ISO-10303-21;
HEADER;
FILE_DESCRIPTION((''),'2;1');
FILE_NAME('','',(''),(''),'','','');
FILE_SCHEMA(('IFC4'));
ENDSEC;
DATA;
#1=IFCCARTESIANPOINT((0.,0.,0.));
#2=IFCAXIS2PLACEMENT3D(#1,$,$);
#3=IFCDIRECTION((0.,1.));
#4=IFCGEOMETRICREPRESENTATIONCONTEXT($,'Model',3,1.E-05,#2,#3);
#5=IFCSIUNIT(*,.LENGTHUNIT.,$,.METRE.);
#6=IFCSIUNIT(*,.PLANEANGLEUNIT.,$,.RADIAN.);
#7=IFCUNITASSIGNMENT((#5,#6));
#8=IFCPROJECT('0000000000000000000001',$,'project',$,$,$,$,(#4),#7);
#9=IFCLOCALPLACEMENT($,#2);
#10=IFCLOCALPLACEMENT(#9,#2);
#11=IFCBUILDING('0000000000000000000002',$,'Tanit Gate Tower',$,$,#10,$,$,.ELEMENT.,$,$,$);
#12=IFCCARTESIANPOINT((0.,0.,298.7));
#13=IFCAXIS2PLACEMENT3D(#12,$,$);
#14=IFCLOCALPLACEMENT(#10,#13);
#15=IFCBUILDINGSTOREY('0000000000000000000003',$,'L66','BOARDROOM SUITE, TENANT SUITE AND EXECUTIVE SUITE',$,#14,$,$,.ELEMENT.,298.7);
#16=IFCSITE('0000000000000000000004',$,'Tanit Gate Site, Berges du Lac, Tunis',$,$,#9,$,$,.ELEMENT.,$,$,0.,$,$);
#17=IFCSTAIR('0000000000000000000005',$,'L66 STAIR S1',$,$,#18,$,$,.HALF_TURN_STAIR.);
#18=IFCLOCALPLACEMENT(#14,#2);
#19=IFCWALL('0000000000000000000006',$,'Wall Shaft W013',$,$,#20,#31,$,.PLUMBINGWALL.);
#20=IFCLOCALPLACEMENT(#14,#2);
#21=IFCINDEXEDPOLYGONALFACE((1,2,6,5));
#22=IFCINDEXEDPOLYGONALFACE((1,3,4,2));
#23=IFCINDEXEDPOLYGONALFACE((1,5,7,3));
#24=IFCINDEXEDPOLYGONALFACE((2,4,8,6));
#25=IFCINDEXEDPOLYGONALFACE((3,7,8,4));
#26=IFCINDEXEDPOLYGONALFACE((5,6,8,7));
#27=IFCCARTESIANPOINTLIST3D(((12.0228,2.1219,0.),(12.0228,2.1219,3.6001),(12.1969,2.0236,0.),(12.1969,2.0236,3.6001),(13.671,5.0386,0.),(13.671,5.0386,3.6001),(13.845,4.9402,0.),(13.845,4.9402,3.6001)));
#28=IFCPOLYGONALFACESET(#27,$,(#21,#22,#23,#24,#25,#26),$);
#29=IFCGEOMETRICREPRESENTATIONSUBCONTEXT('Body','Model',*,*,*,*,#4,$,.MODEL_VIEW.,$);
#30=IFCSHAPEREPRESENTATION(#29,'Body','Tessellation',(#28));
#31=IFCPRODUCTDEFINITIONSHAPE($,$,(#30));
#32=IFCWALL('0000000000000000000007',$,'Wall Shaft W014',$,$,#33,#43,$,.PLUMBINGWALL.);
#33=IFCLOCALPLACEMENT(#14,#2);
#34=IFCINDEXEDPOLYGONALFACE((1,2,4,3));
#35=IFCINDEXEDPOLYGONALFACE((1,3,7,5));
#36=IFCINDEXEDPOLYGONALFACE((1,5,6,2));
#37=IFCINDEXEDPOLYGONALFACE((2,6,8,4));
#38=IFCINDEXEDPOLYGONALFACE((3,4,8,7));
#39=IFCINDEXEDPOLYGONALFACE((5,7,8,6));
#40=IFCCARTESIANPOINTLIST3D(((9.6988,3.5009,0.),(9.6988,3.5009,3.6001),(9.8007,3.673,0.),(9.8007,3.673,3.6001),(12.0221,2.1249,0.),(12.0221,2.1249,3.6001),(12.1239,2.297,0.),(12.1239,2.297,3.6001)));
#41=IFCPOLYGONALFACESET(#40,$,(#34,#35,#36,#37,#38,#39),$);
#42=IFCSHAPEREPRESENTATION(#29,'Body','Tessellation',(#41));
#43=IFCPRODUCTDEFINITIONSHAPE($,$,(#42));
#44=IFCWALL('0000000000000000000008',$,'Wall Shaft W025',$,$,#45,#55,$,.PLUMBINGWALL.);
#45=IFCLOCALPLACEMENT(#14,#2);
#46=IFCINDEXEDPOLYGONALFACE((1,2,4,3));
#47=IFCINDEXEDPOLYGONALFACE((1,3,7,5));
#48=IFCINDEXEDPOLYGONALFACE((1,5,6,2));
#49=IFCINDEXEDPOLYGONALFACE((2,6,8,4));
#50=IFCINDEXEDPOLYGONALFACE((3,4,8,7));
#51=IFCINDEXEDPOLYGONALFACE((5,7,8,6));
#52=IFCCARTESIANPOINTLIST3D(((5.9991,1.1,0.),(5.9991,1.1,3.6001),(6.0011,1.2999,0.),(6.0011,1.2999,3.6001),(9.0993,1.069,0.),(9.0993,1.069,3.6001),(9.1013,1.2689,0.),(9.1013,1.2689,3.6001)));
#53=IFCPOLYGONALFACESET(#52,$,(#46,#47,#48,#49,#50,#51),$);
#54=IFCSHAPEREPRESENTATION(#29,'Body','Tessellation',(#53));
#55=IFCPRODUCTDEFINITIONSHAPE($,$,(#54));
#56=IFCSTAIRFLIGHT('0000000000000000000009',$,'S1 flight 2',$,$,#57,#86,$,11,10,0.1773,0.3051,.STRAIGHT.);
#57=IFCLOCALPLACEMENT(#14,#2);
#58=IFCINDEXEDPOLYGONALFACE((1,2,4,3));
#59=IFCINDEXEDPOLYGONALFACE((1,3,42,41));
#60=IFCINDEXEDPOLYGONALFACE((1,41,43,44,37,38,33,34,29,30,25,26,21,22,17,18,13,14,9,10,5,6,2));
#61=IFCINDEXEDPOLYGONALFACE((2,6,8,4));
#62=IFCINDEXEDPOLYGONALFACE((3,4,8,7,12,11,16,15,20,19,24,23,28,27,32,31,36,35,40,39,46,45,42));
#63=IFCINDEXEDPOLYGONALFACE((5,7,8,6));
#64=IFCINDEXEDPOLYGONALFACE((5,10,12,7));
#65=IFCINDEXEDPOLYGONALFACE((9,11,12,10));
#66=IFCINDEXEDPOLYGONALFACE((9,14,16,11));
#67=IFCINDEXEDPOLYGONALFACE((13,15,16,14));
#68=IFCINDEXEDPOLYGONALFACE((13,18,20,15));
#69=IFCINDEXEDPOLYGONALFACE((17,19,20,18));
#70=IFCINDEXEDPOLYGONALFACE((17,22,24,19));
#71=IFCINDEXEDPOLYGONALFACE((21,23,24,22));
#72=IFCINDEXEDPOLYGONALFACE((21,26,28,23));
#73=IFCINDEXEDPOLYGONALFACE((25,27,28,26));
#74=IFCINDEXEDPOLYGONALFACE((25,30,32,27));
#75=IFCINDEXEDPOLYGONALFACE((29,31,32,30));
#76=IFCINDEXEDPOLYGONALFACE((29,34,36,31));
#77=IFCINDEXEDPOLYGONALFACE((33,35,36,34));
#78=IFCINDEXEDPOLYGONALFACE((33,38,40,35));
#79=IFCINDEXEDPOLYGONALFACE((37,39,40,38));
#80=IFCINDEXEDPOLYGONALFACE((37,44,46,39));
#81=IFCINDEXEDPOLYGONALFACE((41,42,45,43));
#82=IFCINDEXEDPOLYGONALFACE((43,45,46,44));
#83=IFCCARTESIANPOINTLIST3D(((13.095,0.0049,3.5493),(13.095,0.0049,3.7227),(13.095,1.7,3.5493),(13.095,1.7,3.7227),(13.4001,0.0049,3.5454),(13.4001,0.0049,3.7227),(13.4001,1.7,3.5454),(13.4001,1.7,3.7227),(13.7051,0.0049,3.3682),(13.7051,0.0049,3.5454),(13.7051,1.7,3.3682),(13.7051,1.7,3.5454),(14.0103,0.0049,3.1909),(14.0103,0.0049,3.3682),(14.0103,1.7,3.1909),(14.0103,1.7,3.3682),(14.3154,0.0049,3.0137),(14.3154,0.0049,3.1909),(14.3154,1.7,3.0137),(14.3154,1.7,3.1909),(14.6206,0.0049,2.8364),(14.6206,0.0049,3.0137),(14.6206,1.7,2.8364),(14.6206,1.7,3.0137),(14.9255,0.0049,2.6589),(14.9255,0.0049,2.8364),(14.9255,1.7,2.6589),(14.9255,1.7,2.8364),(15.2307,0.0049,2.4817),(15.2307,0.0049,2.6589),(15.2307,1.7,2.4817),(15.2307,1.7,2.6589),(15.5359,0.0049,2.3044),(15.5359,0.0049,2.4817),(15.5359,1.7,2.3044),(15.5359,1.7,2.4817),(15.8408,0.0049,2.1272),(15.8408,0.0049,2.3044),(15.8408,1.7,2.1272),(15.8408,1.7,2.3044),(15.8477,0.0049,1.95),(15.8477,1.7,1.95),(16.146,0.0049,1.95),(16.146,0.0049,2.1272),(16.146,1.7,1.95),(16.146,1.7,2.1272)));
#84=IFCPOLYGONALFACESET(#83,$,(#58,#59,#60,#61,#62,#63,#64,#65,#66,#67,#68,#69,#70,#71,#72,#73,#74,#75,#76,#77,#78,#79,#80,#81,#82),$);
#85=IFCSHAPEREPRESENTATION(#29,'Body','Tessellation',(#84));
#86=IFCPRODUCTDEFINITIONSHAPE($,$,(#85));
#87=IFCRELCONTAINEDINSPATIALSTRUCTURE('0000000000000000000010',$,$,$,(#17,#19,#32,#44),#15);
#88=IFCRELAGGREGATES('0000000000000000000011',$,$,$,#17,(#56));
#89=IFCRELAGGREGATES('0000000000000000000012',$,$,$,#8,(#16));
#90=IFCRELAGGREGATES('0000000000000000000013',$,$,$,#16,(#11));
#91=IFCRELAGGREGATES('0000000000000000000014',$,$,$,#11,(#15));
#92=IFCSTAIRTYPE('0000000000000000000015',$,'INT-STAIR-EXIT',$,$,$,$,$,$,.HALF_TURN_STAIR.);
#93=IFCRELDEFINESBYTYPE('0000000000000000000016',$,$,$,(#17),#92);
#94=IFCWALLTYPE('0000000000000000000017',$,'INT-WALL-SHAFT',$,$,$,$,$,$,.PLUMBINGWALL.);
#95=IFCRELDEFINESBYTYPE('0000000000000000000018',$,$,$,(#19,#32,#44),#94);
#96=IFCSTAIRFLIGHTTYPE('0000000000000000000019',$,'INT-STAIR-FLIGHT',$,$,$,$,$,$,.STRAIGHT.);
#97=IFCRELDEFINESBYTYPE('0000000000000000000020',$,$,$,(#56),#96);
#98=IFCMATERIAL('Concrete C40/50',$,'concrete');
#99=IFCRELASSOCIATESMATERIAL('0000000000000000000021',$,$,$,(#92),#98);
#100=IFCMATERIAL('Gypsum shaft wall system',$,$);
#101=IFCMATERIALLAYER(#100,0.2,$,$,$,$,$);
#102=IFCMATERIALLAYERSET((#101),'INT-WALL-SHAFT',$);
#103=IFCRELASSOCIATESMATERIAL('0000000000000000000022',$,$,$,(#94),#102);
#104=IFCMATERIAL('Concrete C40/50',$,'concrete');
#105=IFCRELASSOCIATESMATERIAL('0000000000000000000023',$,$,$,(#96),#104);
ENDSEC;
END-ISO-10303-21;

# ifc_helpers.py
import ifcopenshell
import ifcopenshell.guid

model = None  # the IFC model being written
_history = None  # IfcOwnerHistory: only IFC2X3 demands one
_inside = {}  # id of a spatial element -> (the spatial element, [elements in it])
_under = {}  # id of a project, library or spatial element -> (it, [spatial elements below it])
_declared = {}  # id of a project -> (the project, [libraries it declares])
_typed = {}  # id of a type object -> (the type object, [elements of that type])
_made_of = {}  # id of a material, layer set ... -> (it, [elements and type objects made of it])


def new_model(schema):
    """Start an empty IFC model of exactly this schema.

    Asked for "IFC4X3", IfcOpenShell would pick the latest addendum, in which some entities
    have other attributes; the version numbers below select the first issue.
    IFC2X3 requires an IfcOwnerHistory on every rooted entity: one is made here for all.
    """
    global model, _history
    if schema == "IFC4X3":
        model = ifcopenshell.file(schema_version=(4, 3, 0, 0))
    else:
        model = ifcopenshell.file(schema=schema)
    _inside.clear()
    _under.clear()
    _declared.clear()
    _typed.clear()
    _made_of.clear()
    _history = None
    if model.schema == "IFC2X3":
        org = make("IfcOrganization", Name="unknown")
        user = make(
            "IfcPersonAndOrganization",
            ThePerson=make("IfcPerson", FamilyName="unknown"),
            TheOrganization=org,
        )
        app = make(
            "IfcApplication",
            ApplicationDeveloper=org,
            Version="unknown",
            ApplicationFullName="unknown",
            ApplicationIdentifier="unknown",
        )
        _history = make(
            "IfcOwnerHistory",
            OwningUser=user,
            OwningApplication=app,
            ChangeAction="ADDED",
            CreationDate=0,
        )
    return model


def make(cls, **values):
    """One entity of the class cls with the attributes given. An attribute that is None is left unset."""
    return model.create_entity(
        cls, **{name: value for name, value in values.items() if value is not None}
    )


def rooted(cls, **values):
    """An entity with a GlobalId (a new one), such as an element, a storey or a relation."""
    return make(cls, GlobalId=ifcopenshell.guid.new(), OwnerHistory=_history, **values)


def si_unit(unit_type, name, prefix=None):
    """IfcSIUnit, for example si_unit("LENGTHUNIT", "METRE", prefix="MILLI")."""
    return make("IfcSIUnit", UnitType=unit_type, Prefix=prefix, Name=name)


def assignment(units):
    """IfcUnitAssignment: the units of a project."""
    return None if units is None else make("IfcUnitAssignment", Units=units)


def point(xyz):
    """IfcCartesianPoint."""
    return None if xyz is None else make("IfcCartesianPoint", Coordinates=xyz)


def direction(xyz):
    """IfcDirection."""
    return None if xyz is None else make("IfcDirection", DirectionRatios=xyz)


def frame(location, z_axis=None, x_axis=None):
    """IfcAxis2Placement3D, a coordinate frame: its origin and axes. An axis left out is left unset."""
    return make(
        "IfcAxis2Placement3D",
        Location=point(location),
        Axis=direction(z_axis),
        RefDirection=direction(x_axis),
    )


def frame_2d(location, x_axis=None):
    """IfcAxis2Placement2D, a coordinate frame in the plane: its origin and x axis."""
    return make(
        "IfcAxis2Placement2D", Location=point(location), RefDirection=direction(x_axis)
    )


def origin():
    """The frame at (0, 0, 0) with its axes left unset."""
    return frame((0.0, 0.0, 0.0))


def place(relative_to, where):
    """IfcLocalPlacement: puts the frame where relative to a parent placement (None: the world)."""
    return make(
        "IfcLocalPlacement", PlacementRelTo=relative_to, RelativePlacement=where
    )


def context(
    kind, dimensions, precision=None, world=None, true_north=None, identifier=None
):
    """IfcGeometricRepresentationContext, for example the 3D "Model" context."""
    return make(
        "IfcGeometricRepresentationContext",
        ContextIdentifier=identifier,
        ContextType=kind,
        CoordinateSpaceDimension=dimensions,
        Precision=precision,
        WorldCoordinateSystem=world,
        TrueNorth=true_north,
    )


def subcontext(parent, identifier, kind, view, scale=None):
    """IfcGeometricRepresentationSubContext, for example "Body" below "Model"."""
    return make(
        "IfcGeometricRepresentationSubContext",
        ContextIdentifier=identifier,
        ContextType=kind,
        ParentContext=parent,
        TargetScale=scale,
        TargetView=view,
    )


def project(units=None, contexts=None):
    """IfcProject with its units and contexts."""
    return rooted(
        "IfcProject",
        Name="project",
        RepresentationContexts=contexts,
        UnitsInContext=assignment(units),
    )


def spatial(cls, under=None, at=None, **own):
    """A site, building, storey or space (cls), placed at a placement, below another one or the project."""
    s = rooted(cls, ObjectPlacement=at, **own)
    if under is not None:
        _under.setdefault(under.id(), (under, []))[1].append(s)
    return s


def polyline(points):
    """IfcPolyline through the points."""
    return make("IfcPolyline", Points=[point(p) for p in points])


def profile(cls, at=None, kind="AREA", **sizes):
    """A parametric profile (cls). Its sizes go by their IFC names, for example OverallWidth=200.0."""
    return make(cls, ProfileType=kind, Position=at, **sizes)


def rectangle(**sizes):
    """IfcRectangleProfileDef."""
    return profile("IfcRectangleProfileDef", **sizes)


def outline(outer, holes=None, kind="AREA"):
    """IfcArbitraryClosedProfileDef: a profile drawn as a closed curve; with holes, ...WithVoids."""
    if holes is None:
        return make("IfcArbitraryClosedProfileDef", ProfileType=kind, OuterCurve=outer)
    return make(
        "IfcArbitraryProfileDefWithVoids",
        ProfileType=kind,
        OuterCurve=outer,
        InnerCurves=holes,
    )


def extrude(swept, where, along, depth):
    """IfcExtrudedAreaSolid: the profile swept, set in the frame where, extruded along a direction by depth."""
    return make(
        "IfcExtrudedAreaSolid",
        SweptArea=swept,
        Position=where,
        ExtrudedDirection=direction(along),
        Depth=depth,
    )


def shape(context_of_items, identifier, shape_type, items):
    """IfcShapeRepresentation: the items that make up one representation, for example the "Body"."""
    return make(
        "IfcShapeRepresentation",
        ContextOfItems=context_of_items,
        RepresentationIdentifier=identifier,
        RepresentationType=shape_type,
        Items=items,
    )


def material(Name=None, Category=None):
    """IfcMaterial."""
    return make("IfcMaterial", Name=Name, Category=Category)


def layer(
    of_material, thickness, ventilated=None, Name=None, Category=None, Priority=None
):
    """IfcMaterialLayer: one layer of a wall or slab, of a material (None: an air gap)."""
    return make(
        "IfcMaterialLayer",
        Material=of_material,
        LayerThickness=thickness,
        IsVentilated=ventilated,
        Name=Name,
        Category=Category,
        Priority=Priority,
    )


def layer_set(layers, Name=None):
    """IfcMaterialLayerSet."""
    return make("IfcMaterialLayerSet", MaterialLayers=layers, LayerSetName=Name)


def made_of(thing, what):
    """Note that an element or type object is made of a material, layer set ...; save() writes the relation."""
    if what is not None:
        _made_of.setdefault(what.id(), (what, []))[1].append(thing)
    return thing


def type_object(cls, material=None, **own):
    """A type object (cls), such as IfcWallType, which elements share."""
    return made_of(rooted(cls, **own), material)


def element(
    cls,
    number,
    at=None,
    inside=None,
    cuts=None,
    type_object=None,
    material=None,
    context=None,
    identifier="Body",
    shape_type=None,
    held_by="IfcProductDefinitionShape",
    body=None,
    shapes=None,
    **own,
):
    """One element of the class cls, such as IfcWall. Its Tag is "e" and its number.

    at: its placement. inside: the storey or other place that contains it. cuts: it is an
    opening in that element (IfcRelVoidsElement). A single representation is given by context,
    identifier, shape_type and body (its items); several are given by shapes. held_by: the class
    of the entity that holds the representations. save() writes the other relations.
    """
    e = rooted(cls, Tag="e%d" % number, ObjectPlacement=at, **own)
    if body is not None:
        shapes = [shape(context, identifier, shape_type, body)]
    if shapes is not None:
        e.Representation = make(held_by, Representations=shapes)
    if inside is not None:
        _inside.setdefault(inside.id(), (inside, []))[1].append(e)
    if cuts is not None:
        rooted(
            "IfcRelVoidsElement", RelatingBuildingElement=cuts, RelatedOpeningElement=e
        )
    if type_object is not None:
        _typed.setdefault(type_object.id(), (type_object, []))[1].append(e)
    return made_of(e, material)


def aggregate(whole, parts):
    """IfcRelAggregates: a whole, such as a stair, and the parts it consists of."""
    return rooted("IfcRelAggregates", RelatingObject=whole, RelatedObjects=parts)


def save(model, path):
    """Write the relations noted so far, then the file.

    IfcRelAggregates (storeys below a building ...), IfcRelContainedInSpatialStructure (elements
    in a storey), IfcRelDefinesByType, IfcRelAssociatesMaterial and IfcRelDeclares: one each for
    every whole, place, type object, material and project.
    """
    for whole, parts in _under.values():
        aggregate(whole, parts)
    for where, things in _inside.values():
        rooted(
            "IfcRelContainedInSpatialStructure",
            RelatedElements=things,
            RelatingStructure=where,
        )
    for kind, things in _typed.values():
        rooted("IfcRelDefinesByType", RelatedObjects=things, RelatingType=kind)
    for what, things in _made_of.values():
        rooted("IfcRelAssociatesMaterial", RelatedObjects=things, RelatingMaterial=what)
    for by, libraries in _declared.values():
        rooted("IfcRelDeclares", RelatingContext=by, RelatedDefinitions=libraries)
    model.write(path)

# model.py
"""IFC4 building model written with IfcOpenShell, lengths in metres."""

from ifc_helpers import new_model, si_unit, direction, frame, frame_2d, origin, place, context, subcontext, project, spatial, polyline, rectangle, outline, extrude, material, layer, layer_set, type_object, element, aggregate, save


model = new_model("IFC4")

# Units and contexts
model_context = context("Model", 3, precision=1e-05, world=origin(), true_north=direction((0.0, 1.0)))
body_context = subcontext(model_context, "Body", "Model", "MODEL_VIEW")
ifc_project = project(units=[si_unit("LENGTHUNIT", "METRE"), si_unit("PLANEANGLEUNIT", "RADIAN")], contexts=[model_context])

# Site, building, storey
site_placement = place(None, origin())
site = spatial("IfcSite", under=ifc_project, at=site_placement, Name="Tanit Gate Site, Berges du Lac, Tunis", CompositionType="ELEMENT", RefElevation=0.0)
building_placement = place(site_placement, origin())
building = spatial("IfcBuilding", under=site, at=building_placement, Name="Tanit Gate Tower", CompositionType="ELEMENT")
storey_placement = place(building_placement, frame((0.0, 0.0, 298.7)))
storey = spatial("IfcBuildingStorey", under=building, at=storey_placement, Name="L66", Description="BOARDROOM SUITE, TENANT SUITE AND EXECUTIVE SUITE", CompositionType="ELEMENT", Elevation=298.7)

# Stair
ifc_material_1 = material(Name="Concrete C40/50", Category="concrete")
stair_type = type_object("IfcStairType", Name="INT-STAIR-EXIT", PredefinedType="HALF_TURN_STAIR", material=ifc_material_1)
stair_1_placement = place(storey_placement, origin())
stair_1 = element("IfcStair", 1, at=stair_1_placement, inside=storey, type_object=stair_type, Name="L66 STAIR S1", PredefinedType="HALF_TURN_STAIR")

# Walls
ifc_material_2 = material(Name="Gypsum shaft wall system")
ifc_layer_1 = layer(ifc_material_2, 0.2)
ifc_layer_set_1 = layer_set([ifc_layer_1], Name="INT-WALL-SHAFT")
wall_type_1 = type_object("IfcWallType", Name="INT-WALL-SHAFT", PredefinedType="PLUMBINGWALL", material=ifc_layer_set_1)
wall_1_placement = place(storey_placement, frame((12.1099, 2.0728, 0.0), z_axis=(0.0, 0.0, 1.0), x_axis=(0.491966, 0.870614, 0.0)))
element("IfcWall", 2, at=wall_1_placement, inside=storey, type_object=wall_type_1, Name="Wall Shaft W013", PredefinedType="PLUMBINGWALL", context=body_context, shape_type="SweptSolid", body=[
    extrude(rectangle(XDim=3.3501, YDim=0.2, at=frame_2d((1.675, 0.0))), origin(), (0.0, 0.0, 1.0), 3.6001),
])
wall_2_placement = place(storey_placement, frame((12.073, 2.2109, 0.0), z_axis=(0.0, 0.0, 1.0), x_axis=(-0.860415, 0.509594, 0.0)))
element("IfcWall", 3, at=wall_2_placement, inside=storey, type_object=wall_type_1, Name="Wall Shaft W014", PredefinedType="PLUMBINGWALL", context=body_context, shape_type="SweptSolid", body=[
    extrude(rectangle(XDim=2.7002, YDim=0.2, at=frame_2d((1.3501, 0.0))), origin(), (0.0, 0.0, 1.0), 3.6001),
])

# Wall
wall_3_placement = place(storey_placement, frame((6.0, 1.2, 0.0), z_axis=(0.0, 0.0, 1.0), x_axis=(0.99995, -0.010001, 0.0)))
element("IfcWall", 4, at=wall_3_placement, inside=storey, type_object=wall_type_1, Name="Wall Shaft W025", PredefinedType="PLUMBINGWALL", context=body_context, shape_type="SweptSolid", body=[
    extrude(rectangle(XDim=3.1003, YDim=0.2, at=frame_2d((1.5503, 0.0))), origin(), (0.0, 0.0, 1.0), 3.6001),
])

# Stair flight
ifc_material_3 = material(Name="Concrete C40/50", Category="concrete")
stair_flight_type = type_object("IfcStairFlightType", Name="INT-STAIR-FLIGHT", PredefinedType="STRAIGHT", material=ifc_material_3)
stair_flight_placement = place(storey_placement, frame((16.146, 0.8525, 1.95), z_axis=(0.0, 0.0, 1.0), x_axis=(-1.0, 0.0, 0.0)))
stair_flight = element("IfcStairFlight", 5, at=stair_flight_placement, type_object=stair_flight_type, Name="S1 flight 2", NumberOfRisers=11, NumberOfTreads=10, PredefinedType="STRAIGHT", RiserHeight=0.1773, TreadLength=0.3051, context=body_context, shape_type="SweptSolid", body=[
    extrude(outline(polyline([(0.0, 0.0), (0.0, 0.1772), (0.3052, 0.1772), (0.3052, 0.3545), (0.6101, 0.3545), (0.6101, 0.5317), (0.9153, 0.5317), (0.9153, 0.709), (1.2205, 0.709), (1.2205, 0.8865), (1.5254, 0.8865), (1.5254, 1.0637), (1.8306, 1.0637), (1.8306, 1.241), (2.1357, 1.241), (2.1357, 1.4182), (2.4409, 1.4182), (2.4409, 1.5955), (2.7458, 1.5955), (2.7458, 1.7727), (3.051, 1.7727), (3.051, 1.95), (3.051, 1.5994), (0.2983, 0.0), (0.0, 0.0)])), frame((0.0, 0.8477, 0.0), z_axis=(0.0, -1.0, 0.0), x_axis=(1.0, 0.0, 0.0)), (0.0, 0.0, 1.0), 1.6951),
])
aggregate(stair_1, [stair_flight])

save(model, "model.ifc")
